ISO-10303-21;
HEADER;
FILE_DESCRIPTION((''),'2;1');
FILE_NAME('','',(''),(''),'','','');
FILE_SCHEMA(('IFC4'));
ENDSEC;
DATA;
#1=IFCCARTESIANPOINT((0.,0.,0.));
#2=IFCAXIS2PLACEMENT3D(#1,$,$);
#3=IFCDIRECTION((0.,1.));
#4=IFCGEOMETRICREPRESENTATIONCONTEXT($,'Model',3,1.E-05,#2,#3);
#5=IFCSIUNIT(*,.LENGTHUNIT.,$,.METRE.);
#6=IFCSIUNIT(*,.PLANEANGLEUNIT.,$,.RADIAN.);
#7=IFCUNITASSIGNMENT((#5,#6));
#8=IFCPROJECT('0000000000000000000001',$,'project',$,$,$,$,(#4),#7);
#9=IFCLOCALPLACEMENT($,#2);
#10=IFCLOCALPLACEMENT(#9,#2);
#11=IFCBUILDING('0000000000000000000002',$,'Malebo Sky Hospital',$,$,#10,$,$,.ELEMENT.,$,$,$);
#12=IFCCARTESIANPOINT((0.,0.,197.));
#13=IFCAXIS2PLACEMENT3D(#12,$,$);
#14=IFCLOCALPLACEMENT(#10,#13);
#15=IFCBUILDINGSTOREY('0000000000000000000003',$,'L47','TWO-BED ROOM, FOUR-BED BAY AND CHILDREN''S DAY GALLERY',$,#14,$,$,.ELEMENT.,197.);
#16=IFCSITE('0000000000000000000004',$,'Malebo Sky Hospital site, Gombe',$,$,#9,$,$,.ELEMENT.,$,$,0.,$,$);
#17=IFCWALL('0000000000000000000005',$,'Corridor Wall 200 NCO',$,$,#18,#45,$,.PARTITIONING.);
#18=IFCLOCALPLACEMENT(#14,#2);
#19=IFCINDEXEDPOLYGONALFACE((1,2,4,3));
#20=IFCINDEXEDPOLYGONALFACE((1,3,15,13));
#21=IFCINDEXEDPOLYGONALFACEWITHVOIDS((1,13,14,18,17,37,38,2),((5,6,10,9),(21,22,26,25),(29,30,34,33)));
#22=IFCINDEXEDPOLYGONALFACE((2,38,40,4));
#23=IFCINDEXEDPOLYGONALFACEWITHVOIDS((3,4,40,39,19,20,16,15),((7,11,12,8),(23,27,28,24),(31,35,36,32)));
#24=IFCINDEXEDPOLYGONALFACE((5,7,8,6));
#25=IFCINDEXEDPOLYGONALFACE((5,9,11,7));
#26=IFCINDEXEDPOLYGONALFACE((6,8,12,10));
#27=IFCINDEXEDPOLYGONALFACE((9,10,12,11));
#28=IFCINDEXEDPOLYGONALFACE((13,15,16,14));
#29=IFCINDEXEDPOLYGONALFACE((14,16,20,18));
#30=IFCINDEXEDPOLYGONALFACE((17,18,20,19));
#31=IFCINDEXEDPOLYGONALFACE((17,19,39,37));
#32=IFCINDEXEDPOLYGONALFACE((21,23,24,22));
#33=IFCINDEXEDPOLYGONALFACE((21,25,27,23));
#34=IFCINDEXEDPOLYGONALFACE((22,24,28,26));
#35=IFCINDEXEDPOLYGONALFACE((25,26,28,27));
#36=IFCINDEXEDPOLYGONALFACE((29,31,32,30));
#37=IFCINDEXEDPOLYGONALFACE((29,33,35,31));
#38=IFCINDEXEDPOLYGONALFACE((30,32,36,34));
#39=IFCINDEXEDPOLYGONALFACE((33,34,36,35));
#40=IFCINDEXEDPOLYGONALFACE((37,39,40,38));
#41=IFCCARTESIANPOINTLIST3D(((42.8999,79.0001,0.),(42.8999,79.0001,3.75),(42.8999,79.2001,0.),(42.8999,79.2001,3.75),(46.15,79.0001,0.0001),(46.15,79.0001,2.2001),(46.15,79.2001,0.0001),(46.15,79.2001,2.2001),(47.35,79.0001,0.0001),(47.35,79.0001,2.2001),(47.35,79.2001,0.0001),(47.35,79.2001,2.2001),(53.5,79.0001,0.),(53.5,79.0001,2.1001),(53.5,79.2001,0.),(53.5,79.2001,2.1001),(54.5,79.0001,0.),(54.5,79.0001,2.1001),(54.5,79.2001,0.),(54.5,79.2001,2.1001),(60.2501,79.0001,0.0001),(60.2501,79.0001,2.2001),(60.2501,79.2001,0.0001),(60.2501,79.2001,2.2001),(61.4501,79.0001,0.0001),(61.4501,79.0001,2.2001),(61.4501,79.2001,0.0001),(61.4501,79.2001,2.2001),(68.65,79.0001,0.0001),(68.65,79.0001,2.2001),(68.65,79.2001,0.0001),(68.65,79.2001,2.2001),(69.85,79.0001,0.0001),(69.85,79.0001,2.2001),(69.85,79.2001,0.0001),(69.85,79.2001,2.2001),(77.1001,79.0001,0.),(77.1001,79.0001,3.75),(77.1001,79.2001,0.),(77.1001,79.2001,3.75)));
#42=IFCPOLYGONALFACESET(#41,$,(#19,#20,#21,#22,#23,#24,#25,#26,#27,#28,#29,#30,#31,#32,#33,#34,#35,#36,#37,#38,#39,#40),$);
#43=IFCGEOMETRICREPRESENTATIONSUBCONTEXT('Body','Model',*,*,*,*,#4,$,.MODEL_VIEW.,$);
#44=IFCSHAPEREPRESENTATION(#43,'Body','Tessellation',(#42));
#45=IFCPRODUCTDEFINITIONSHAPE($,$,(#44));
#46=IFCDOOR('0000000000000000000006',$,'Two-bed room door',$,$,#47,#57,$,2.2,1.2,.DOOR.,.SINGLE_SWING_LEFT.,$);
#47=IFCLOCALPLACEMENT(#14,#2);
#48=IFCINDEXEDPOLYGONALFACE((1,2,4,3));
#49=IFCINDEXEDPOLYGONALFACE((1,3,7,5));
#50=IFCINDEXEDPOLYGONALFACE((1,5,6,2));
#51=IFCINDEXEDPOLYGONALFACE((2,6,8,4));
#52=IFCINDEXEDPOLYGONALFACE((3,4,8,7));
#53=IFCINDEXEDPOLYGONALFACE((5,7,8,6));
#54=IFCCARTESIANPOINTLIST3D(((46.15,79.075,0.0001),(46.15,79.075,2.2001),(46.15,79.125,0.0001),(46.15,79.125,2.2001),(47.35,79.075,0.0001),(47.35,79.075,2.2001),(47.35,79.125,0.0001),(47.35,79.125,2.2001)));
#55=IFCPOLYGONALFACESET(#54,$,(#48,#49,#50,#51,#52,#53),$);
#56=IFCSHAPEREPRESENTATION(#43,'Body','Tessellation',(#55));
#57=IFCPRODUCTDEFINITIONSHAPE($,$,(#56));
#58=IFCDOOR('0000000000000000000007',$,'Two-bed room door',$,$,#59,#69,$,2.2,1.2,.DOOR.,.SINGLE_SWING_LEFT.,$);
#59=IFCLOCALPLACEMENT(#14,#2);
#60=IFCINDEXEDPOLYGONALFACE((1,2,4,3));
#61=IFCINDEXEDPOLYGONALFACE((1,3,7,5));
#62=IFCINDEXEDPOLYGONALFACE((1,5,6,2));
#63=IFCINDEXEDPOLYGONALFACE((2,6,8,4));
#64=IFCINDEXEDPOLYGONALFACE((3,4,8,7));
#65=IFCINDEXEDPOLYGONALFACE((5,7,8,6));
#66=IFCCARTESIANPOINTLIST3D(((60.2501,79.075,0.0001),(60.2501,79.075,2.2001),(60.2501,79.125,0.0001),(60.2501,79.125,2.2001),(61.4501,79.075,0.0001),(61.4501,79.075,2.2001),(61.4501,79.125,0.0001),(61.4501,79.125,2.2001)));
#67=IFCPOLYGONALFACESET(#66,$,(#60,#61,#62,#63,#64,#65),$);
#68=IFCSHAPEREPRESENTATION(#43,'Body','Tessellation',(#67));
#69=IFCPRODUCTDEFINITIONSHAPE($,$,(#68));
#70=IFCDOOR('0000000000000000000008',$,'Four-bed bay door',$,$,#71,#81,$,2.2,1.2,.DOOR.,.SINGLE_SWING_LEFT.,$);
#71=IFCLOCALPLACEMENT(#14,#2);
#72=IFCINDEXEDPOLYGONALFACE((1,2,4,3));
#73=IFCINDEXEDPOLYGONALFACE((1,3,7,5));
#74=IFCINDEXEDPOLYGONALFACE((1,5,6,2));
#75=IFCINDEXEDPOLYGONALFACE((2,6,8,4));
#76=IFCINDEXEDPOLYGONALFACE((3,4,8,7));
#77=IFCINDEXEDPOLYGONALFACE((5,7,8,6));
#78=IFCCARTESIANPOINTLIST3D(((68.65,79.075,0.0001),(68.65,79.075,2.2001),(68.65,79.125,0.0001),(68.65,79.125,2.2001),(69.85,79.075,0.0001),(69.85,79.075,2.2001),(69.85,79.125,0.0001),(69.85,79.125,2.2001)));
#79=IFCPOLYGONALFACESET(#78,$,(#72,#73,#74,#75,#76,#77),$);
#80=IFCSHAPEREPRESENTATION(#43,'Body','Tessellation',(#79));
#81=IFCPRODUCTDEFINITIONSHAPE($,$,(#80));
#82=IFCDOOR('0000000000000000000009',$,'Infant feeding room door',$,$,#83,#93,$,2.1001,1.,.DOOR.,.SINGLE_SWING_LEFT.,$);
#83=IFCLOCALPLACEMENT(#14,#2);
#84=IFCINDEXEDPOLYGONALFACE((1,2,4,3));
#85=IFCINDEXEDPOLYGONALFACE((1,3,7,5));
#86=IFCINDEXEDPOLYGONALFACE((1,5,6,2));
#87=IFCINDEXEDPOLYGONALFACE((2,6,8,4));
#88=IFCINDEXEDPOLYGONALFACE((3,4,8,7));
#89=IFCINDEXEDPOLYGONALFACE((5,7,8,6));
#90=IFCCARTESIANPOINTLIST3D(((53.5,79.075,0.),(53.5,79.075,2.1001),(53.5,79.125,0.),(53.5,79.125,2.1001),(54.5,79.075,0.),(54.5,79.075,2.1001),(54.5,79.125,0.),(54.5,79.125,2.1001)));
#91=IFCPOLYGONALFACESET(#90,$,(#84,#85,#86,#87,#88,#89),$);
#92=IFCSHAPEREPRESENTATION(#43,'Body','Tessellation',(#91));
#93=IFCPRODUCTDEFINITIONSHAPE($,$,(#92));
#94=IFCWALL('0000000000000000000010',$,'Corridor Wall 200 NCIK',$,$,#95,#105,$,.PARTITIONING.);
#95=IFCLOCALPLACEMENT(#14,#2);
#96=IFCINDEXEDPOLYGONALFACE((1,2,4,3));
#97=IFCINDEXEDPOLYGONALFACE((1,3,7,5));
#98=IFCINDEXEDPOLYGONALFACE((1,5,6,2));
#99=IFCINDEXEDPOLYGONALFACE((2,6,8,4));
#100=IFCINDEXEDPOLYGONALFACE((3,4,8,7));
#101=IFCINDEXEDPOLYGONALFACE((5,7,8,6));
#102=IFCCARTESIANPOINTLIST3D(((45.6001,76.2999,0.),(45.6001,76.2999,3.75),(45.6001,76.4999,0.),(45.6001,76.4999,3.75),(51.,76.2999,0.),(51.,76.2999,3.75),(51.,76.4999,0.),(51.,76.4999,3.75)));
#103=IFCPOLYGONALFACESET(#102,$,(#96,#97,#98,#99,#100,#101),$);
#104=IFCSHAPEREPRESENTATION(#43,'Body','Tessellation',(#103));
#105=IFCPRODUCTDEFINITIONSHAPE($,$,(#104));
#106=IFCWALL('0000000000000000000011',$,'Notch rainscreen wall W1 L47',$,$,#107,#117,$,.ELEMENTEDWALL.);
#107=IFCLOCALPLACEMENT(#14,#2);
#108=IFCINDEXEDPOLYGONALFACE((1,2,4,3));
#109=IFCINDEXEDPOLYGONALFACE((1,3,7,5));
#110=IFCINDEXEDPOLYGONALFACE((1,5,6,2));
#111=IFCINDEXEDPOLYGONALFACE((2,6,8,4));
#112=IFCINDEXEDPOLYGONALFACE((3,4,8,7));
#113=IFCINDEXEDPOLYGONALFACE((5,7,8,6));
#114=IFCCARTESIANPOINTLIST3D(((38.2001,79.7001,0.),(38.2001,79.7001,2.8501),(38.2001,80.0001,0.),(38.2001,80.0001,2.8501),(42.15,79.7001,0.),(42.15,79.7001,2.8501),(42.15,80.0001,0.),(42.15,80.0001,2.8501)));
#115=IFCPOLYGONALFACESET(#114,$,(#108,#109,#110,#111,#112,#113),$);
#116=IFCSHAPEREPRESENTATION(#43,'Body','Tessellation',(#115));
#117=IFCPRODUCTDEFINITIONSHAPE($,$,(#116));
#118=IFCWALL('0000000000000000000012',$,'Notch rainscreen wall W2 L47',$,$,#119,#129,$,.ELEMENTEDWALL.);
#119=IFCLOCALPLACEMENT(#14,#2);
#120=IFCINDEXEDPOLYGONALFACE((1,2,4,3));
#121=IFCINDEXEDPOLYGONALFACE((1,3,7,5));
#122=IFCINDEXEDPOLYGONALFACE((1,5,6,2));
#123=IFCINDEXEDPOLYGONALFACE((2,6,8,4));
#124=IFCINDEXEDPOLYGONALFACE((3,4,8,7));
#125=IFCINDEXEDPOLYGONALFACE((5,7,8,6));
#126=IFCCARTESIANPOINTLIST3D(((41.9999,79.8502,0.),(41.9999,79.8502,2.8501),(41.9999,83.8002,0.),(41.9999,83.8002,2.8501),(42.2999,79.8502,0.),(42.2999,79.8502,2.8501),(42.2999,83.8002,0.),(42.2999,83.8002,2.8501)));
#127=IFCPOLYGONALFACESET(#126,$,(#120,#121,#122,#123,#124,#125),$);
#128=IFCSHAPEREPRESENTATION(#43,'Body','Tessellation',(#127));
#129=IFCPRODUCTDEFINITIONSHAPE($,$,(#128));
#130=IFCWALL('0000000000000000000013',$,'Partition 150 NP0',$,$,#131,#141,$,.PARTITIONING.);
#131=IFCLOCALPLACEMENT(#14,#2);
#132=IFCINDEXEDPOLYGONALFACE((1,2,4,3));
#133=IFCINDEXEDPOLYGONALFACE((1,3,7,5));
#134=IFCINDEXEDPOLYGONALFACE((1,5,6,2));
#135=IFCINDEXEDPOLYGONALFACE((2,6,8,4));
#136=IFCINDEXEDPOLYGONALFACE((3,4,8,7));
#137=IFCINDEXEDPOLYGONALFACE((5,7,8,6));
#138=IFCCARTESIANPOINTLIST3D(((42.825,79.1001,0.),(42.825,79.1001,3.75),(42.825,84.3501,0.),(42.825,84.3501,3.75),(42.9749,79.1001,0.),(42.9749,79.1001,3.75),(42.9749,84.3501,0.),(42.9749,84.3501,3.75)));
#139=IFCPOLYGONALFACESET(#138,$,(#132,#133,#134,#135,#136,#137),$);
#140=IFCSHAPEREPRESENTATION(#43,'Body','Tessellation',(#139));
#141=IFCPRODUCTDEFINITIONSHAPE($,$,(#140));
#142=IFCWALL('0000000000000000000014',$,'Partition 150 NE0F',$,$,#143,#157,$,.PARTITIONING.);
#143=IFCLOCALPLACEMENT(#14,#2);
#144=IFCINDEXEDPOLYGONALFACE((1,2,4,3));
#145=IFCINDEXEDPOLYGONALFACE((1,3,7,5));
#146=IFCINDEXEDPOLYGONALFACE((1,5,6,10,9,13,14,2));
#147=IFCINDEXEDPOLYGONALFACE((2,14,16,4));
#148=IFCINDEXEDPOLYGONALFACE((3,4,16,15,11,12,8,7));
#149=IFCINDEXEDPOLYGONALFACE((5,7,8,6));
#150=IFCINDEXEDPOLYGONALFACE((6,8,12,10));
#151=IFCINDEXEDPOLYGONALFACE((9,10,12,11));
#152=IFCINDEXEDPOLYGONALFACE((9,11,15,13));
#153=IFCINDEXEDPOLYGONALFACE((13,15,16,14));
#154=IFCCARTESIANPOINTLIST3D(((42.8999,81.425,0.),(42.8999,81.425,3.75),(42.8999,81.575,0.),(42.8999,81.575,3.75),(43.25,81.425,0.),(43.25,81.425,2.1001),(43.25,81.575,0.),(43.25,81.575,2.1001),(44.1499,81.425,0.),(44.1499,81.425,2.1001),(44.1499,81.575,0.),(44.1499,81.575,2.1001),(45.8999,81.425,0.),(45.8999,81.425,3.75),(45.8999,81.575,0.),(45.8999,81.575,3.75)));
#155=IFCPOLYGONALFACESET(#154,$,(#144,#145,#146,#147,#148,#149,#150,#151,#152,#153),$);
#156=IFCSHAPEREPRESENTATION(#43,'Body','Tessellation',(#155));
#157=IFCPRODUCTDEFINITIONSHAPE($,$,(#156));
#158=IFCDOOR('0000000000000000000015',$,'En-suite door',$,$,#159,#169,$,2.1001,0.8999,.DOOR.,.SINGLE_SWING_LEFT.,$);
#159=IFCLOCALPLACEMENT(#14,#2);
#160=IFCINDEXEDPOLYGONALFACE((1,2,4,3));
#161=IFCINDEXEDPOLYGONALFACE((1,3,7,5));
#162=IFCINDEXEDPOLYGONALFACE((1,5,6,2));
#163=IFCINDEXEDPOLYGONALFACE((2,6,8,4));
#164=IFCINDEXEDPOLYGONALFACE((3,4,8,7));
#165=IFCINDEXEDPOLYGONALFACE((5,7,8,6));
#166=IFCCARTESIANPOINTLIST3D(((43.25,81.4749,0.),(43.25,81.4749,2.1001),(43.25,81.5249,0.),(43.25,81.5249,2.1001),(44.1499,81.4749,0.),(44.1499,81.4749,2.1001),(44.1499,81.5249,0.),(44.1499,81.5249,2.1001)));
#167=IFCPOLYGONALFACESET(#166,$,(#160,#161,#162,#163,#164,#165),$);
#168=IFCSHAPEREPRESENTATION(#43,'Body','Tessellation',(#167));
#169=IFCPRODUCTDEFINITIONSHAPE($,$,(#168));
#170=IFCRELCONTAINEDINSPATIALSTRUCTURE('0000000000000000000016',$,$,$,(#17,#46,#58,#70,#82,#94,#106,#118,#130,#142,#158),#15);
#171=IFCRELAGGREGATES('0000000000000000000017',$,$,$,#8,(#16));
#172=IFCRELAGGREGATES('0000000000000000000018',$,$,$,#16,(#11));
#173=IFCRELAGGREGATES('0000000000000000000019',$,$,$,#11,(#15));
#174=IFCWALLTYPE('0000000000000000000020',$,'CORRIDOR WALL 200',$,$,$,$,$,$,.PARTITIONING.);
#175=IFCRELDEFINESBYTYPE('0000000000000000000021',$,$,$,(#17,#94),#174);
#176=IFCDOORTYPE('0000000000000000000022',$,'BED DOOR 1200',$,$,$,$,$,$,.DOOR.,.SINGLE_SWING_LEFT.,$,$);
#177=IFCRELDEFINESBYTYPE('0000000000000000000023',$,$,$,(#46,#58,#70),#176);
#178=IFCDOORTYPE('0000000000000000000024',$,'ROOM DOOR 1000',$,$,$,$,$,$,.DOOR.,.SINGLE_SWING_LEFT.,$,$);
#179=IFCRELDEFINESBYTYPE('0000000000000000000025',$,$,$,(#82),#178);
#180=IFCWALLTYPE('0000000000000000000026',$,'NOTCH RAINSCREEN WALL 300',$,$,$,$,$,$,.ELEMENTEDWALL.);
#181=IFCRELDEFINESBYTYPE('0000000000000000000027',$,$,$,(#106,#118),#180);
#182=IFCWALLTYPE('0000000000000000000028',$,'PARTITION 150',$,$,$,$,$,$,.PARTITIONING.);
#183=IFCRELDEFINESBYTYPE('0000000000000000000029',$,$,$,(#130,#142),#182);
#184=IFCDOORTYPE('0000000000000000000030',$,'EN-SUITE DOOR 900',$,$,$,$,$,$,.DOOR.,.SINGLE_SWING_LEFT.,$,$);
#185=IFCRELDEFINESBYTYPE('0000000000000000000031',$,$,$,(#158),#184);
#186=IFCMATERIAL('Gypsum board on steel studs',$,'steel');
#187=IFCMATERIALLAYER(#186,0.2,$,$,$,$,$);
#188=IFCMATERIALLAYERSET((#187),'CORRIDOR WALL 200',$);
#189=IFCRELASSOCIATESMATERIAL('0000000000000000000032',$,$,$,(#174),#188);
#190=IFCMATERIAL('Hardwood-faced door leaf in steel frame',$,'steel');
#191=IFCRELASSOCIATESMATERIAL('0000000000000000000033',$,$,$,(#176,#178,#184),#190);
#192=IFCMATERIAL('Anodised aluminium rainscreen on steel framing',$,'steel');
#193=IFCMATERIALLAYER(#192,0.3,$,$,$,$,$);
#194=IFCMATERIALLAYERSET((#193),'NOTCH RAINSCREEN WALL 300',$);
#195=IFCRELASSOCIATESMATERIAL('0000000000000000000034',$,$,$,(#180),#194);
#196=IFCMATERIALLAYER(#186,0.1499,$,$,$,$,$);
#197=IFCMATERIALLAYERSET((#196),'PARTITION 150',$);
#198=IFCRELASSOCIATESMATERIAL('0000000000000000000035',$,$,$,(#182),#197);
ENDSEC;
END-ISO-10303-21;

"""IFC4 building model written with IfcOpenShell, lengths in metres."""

from ifc_helpers import new_model, si_unit, direction, frame, frame_2d, origin, place, context, subcontext, project, spatial, rectangle, extrude, material, layer, layer_set, type_object, element, fill, save


model = new_model("IFC4")

# Units and contexts
model_context = context("Model", 3, precision=1e-05, world=origin(), true_north=direction((0.0, 1.0)))
body_context = subcontext(model_context, "Body", "Model", "MODEL_VIEW")
ifc_project = project(units=[si_unit("LENGTHUNIT", "METRE"), si_unit("PLANEANGLEUNIT", "RADIAN")], contexts=[model_context])

# Site, building, storey
site_placement = place(None, origin())
site = spatial("IfcSite", under=ifc_project, at=site_placement, Name="Malebo Sky Hospital site, Gombe", CompositionType="ELEMENT", RefElevation=0.0)
building_placement = place(site_placement, origin())
building = spatial("IfcBuilding", under=site, at=building_placement, Name="Malebo Sky Hospital", CompositionType="ELEMENT")
storey_placement = place(building_placement, frame((0.0, 0.0, 197.0)))
storey = spatial("IfcBuildingStorey", under=building, at=storey_placement, Name="L47", Description="TWO-BED ROOM, FOUR-BED BAY AND CHILDREN'S DAY GALLERY", CompositionType="ELEMENT", Elevation=197.0)

# Wall, openings, doors
ifc_material_1 = material(Name="Gypsum board on steel studs", Category="steel")
ifc_layer_1 = layer(ifc_material_1, 0.2)
ifc_layer_set_1 = layer_set([ifc_layer_1], Name="CORRIDOR WALL 200")
wall_type_1 = type_object("IfcWallType", Name="CORRIDOR WALL 200", PredefinedType="PARTITIONING", material=ifc_layer_set_1)
wall_1_placement = place(storey_placement, frame((42.8999, 79.1001, 0.0), z_axis=(0.0, 0.0, 1.0), x_axis=(1.0, 0.0, 0.0)))
wall_1 = element("IfcWall", 1, at=wall_1_placement, inside=storey, type_object=wall_type_1, Name="Corridor Wall 200 NCO", PredefinedType="PARTITIONING", context=body_context, shape_type="SweptSolid", body=[
    extrude(rectangle(XDim=34.2002, YDim=0.2, at=frame_2d((17.1001, 0.0))), origin(), (0.0, 0.0, 1.0), 3.75),
])
opening_1_placement = place(wall_1_placement, frame((3.25, 0.0, 0.0)))
opening_1 = element("IfcOpeningElement", 2, at=opening_1_placement, cuts=wall_1, PredefinedType="OPENING", context=body_context, shape_type="SweptSolid", body=[
    extrude(rectangle(XDim=1.2, YDim=2.2, at=frame_2d((0.6001, 1.1001))), frame((0.0, 0.1099, 0.0), z_axis=(0.0, -1.0, 0.0), x_axis=(1.0, 0.0, 0.0)), (0.0, 0.0, 1.0), 0.22),
])
opening_2_placement = place(wall_1_placement, frame((10.6001, 0.0, 0.0)))
opening_2 = element("IfcOpeningElement", 3, at=opening_2_placement, cuts=wall_1, PredefinedType="OPENING", context=body_context, shape_type="SweptSolid", body=[
    extrude(rectangle(XDim=1.0, YDim=2.1001, at=frame_2d((0.5, 1.05))), frame((0.0, 0.1099, 0.0), z_axis=(0.0, -1.0, 0.0), x_axis=(1.0, 0.0, 0.0)), (0.0, 0.0, 1.0), 0.22),
])
opening_3_placement = place(wall_1_placement, frame((17.3501, 0.0, 0.0)))
opening_3 = element("IfcOpeningElement", 4, at=opening_3_placement, cuts=wall_1, PredefinedType="OPENING", context=body_context, shape_type="SweptSolid", body=[
    extrude(rectangle(XDim=1.2, YDim=2.2, at=frame_2d((0.6001, 1.1001))), frame((0.0, 0.1099, 0.0), z_axis=(0.0, -1.0, 0.0), x_axis=(1.0, 0.0, 0.0)), (0.0, 0.0, 1.0), 0.22),
])
opening_4_placement = place(wall_1_placement, frame((25.75, 0.0, 0.0)))
opening_4 = element("IfcOpeningElement", 5, at=opening_4_placement, cuts=wall_1, PredefinedType="OPENING", context=body_context, shape_type="SweptSolid", body=[
    extrude(rectangle(XDim=1.2, YDim=2.2, at=frame_2d((0.6001, 1.1001))), frame((0.0, 0.1099, 0.0), z_axis=(0.0, -1.0, 0.0), x_axis=(1.0, 0.0, 0.0)), (0.0, 0.0, 1.0), 0.22),
])
ifc_material_2 = material(Name="Hardwood-faced door leaf in steel frame", Category="steel")
door_type_1 = type_object("IfcDoorType", Name="BED DOOR 1200", OperationType="SINGLE_SWING_LEFT", PredefinedType="DOOR", material=ifc_material_2)
door_1_placement = place(opening_1_placement, origin())
door_1 = element("IfcDoor", 6, at=door_1_placement, inside=storey, type_object=door_type_1, Name="Two-bed room door", OperationType="SINGLE_SWING_LEFT", OverallHeight=2.2, OverallWidth=1.2, PredefinedType="DOOR", context=body_context, shape_type="SweptSolid", body=[
    extrude(rectangle(XDim=1.2, YDim=2.2, at=frame_2d((0.6001, 1.1001))), frame((0.0, 0.0249, 0.0), z_axis=(0.0, -1.0, 0.0), x_axis=(1.0, 0.0, 0.0)), (0.0, 0.0, 1.0), 0.05),
])
fill(opening_1, door_1)
door_2_placement = place(opening_3_placement, origin())
door_2 = element("IfcDoor", 7, at=door_2_placement, inside=storey, type_object=door_type_1, Name="Two-bed room door", OperationType="SINGLE_SWING_LEFT", OverallHeight=2.2, OverallWidth=1.2, PredefinedType="DOOR", context=body_context, shape_type="SweptSolid", body=[
    extrude(rectangle(XDim=1.2, YDim=2.2, at=frame_2d((0.6001, 1.1001))), frame((0.0, 0.0249, 0.0), z_axis=(0.0, -1.0, 0.0), x_axis=(1.0, 0.0, 0.0)), (0.0, 0.0, 1.0), 0.05),
])
fill(opening_3, door_2)
door_3_placement = place(opening_4_placement, origin())
door_3 = element("IfcDoor", 8, at=door_3_placement, inside=storey, type_object=door_type_1, Name="Four-bed bay door", OperationType="SINGLE_SWING_LEFT", OverallHeight=2.2, OverallWidth=1.2, PredefinedType="DOOR", context=body_context, shape_type="SweptSolid", body=[
    extrude(rectangle(XDim=1.2, YDim=2.2, at=frame_2d((0.6001, 1.1001))), frame((0.0, 0.0249, 0.0), z_axis=(0.0, -1.0, 0.0), x_axis=(1.0, 0.0, 0.0)), (0.0, 0.0, 1.0), 0.05),
])
fill(opening_4, door_3)
door_type_2 = type_object("IfcDoorType", Name="ROOM DOOR 1000", OperationType="SINGLE_SWING_LEFT", PredefinedType="DOOR", material=ifc_material_2)
door_4_placement = place(opening_2_placement, origin())
door_4 = element("IfcDoor", 9, at=door_4_placement, inside=storey, type_object=door_type_2, Name="Infant feeding room door", OperationType="SINGLE_SWING_LEFT", OverallHeight=2.1001, OverallWidth=1.0, PredefinedType="DOOR", context=body_context, shape_type="SweptSolid", body=[
    extrude(rectangle(XDim=1.0, YDim=2.1001, at=frame_2d((0.5, 1.05))), frame((0.0, 0.0249, 0.0), z_axis=(0.0, -1.0, 0.0), x_axis=(1.0, 0.0, 0.0)), (0.0, 0.0, 1.0), 0.05),
])
fill(opening_2, door_4)

# Walls
wall_2_placement = place(storey_placement, frame((45.6001, 76.3999, 0.0), z_axis=(0.0, 0.0, 1.0), x_axis=(1.0, 0.0, 0.0)))
element("IfcWall", 10, at=wall_2_placement, inside=storey, type_object=wall_type_1, Name="Corridor Wall 200 NCIK", PredefinedType="PARTITIONING", context=body_context, shape_type="SweptSolid", body=[
    extrude(rectangle(XDim=5.3999, YDim=0.2, at=frame_2d((2.7, 0.0))), origin(), (0.0, 0.0, 1.0), 3.75),
])
ifc_material_3 = material(Name="Anodised aluminium rainscreen on steel framing", Category="steel")
ifc_layer_2 = layer(ifc_material_3, 0.3)
ifc_layer_set_2 = layer_set([ifc_layer_2], Name="NOTCH RAINSCREEN WALL 300")
wall_type_2 = type_object("IfcWallType", Name="NOTCH RAINSCREEN WALL 300", PredefinedType="ELEMENTEDWALL", material=ifc_layer_set_2)
for number, where, z_axis, x_axis, name in (
    (11, (38.2, 79.8501, 0.0), (0.0, 0.0, 1.0), (1.0, 0.0, 0.0), "Notch rainscreen wall W1 L47"),
    (12, (42.1499, 79.8501, 0.0), (0.0, 0.0, 1.0), (0.0, 1.0, 0.0), "Notch rainscreen wall W2 L47"),
):
    element("IfcWall", number, at=place(storey_placement, frame(where, z_axis=z_axis, x_axis=x_axis)), inside=storey, type_object=wall_type_2, Name=name, PredefinedType="ELEMENTEDWALL", context=body_context, shape_type="SweptSolid", body=[
        extrude(rectangle(XDim=3.95, YDim=0.3, at=frame_2d((1.9751, 0.0))), origin(), (0.0, 0.0, 1.0), 2.8501),
    ])
ifc_layer_3 = layer(ifc_material_1, 0.1499)
ifc_layer_set_3 = layer_set([ifc_layer_3], Name="PARTITION 150")
wall_type_3 = type_object("IfcWallType", Name="PARTITION 150", PredefinedType="PARTITIONING", material=ifc_layer_set_3)
wall_3_placement = place(storey_placement, frame((42.8999, 79.1001, 0.0), z_axis=(0.0, 0.0, 1.0), x_axis=(0.0, 1.0, 0.0)))
element("IfcWall", 13, at=wall_3_placement, inside=storey, type_object=wall_type_3, Name="Partition 150 NP0", PredefinedType="PARTITIONING", context=body_context, shape_type="SweptSolid", body=[
    extrude(rectangle(XDim=5.25, YDim=0.1499, at=frame_2d((2.625, 0.0))), origin(), (0.0, 0.0, 1.0), 3.75),
])

# Wall, opening, door
wall_4_placement = place(storey_placement, frame((42.8999, 81.5, 0.0), z_axis=(0.0, 0.0, 1.0), x_axis=(1.0, 0.0, 0.0)))
wall_4 = element("IfcWall", 14, at=wall_4_placement, inside=storey, type_object=wall_type_3, Name="Partition 150 NE0F", PredefinedType="PARTITIONING", context=body_context, shape_type="SweptSolid", body=[
    extrude(rectangle(XDim=3.0, YDim=0.1499, at=frame_2d((1.5, 0.0))), origin(), (0.0, 0.0, 1.0), 3.75),
])
opening_5_placement = place(wall_4_placement, frame((0.3501, 0.0, 0.0)))
opening_5 = element("IfcOpeningElement", 15, at=opening_5_placement, cuts=wall_4, PredefinedType="OPENING", context=body_context, shape_type="SweptSolid", body=[
    extrude(rectangle(XDim=0.8999, YDim=2.1001, at=frame_2d((0.45, 1.05))), frame((0.0, 0.085, 0.0), z_axis=(0.0, -1.0, 0.0), x_axis=(1.0, 0.0, 0.0)), (0.0, 0.0, 1.0), 0.1699),
])
door_type_3 = type_object("IfcDoorType", Name="EN-SUITE DOOR 900", OperationType="SINGLE_SWING_LEFT", PredefinedType="DOOR", material=ifc_material_2)
door_5_placement = place(opening_5_placement, origin())
door_5 = element("IfcDoor", 16, at=door_5_placement, inside=storey, type_object=door_type_3, Name="En-suite door", OperationType="SINGLE_SWING_LEFT", OverallHeight=2.1001, OverallWidth=0.8999, PredefinedType="DOOR", context=body_context, shape_type="SweptSolid", body=[
    extrude(rectangle(XDim=0.8999, YDim=2.1001, at=frame_2d((0.45, 1.05))), frame((0.0, 0.0249, 0.0), z_axis=(0.0, -1.0, 0.0), x_axis=(1.0, 0.0, 0.0)), (0.0, 0.0, 1.0), 0.05),
])
fill(opening_5, door_5)

save(model, "model.ifc")
